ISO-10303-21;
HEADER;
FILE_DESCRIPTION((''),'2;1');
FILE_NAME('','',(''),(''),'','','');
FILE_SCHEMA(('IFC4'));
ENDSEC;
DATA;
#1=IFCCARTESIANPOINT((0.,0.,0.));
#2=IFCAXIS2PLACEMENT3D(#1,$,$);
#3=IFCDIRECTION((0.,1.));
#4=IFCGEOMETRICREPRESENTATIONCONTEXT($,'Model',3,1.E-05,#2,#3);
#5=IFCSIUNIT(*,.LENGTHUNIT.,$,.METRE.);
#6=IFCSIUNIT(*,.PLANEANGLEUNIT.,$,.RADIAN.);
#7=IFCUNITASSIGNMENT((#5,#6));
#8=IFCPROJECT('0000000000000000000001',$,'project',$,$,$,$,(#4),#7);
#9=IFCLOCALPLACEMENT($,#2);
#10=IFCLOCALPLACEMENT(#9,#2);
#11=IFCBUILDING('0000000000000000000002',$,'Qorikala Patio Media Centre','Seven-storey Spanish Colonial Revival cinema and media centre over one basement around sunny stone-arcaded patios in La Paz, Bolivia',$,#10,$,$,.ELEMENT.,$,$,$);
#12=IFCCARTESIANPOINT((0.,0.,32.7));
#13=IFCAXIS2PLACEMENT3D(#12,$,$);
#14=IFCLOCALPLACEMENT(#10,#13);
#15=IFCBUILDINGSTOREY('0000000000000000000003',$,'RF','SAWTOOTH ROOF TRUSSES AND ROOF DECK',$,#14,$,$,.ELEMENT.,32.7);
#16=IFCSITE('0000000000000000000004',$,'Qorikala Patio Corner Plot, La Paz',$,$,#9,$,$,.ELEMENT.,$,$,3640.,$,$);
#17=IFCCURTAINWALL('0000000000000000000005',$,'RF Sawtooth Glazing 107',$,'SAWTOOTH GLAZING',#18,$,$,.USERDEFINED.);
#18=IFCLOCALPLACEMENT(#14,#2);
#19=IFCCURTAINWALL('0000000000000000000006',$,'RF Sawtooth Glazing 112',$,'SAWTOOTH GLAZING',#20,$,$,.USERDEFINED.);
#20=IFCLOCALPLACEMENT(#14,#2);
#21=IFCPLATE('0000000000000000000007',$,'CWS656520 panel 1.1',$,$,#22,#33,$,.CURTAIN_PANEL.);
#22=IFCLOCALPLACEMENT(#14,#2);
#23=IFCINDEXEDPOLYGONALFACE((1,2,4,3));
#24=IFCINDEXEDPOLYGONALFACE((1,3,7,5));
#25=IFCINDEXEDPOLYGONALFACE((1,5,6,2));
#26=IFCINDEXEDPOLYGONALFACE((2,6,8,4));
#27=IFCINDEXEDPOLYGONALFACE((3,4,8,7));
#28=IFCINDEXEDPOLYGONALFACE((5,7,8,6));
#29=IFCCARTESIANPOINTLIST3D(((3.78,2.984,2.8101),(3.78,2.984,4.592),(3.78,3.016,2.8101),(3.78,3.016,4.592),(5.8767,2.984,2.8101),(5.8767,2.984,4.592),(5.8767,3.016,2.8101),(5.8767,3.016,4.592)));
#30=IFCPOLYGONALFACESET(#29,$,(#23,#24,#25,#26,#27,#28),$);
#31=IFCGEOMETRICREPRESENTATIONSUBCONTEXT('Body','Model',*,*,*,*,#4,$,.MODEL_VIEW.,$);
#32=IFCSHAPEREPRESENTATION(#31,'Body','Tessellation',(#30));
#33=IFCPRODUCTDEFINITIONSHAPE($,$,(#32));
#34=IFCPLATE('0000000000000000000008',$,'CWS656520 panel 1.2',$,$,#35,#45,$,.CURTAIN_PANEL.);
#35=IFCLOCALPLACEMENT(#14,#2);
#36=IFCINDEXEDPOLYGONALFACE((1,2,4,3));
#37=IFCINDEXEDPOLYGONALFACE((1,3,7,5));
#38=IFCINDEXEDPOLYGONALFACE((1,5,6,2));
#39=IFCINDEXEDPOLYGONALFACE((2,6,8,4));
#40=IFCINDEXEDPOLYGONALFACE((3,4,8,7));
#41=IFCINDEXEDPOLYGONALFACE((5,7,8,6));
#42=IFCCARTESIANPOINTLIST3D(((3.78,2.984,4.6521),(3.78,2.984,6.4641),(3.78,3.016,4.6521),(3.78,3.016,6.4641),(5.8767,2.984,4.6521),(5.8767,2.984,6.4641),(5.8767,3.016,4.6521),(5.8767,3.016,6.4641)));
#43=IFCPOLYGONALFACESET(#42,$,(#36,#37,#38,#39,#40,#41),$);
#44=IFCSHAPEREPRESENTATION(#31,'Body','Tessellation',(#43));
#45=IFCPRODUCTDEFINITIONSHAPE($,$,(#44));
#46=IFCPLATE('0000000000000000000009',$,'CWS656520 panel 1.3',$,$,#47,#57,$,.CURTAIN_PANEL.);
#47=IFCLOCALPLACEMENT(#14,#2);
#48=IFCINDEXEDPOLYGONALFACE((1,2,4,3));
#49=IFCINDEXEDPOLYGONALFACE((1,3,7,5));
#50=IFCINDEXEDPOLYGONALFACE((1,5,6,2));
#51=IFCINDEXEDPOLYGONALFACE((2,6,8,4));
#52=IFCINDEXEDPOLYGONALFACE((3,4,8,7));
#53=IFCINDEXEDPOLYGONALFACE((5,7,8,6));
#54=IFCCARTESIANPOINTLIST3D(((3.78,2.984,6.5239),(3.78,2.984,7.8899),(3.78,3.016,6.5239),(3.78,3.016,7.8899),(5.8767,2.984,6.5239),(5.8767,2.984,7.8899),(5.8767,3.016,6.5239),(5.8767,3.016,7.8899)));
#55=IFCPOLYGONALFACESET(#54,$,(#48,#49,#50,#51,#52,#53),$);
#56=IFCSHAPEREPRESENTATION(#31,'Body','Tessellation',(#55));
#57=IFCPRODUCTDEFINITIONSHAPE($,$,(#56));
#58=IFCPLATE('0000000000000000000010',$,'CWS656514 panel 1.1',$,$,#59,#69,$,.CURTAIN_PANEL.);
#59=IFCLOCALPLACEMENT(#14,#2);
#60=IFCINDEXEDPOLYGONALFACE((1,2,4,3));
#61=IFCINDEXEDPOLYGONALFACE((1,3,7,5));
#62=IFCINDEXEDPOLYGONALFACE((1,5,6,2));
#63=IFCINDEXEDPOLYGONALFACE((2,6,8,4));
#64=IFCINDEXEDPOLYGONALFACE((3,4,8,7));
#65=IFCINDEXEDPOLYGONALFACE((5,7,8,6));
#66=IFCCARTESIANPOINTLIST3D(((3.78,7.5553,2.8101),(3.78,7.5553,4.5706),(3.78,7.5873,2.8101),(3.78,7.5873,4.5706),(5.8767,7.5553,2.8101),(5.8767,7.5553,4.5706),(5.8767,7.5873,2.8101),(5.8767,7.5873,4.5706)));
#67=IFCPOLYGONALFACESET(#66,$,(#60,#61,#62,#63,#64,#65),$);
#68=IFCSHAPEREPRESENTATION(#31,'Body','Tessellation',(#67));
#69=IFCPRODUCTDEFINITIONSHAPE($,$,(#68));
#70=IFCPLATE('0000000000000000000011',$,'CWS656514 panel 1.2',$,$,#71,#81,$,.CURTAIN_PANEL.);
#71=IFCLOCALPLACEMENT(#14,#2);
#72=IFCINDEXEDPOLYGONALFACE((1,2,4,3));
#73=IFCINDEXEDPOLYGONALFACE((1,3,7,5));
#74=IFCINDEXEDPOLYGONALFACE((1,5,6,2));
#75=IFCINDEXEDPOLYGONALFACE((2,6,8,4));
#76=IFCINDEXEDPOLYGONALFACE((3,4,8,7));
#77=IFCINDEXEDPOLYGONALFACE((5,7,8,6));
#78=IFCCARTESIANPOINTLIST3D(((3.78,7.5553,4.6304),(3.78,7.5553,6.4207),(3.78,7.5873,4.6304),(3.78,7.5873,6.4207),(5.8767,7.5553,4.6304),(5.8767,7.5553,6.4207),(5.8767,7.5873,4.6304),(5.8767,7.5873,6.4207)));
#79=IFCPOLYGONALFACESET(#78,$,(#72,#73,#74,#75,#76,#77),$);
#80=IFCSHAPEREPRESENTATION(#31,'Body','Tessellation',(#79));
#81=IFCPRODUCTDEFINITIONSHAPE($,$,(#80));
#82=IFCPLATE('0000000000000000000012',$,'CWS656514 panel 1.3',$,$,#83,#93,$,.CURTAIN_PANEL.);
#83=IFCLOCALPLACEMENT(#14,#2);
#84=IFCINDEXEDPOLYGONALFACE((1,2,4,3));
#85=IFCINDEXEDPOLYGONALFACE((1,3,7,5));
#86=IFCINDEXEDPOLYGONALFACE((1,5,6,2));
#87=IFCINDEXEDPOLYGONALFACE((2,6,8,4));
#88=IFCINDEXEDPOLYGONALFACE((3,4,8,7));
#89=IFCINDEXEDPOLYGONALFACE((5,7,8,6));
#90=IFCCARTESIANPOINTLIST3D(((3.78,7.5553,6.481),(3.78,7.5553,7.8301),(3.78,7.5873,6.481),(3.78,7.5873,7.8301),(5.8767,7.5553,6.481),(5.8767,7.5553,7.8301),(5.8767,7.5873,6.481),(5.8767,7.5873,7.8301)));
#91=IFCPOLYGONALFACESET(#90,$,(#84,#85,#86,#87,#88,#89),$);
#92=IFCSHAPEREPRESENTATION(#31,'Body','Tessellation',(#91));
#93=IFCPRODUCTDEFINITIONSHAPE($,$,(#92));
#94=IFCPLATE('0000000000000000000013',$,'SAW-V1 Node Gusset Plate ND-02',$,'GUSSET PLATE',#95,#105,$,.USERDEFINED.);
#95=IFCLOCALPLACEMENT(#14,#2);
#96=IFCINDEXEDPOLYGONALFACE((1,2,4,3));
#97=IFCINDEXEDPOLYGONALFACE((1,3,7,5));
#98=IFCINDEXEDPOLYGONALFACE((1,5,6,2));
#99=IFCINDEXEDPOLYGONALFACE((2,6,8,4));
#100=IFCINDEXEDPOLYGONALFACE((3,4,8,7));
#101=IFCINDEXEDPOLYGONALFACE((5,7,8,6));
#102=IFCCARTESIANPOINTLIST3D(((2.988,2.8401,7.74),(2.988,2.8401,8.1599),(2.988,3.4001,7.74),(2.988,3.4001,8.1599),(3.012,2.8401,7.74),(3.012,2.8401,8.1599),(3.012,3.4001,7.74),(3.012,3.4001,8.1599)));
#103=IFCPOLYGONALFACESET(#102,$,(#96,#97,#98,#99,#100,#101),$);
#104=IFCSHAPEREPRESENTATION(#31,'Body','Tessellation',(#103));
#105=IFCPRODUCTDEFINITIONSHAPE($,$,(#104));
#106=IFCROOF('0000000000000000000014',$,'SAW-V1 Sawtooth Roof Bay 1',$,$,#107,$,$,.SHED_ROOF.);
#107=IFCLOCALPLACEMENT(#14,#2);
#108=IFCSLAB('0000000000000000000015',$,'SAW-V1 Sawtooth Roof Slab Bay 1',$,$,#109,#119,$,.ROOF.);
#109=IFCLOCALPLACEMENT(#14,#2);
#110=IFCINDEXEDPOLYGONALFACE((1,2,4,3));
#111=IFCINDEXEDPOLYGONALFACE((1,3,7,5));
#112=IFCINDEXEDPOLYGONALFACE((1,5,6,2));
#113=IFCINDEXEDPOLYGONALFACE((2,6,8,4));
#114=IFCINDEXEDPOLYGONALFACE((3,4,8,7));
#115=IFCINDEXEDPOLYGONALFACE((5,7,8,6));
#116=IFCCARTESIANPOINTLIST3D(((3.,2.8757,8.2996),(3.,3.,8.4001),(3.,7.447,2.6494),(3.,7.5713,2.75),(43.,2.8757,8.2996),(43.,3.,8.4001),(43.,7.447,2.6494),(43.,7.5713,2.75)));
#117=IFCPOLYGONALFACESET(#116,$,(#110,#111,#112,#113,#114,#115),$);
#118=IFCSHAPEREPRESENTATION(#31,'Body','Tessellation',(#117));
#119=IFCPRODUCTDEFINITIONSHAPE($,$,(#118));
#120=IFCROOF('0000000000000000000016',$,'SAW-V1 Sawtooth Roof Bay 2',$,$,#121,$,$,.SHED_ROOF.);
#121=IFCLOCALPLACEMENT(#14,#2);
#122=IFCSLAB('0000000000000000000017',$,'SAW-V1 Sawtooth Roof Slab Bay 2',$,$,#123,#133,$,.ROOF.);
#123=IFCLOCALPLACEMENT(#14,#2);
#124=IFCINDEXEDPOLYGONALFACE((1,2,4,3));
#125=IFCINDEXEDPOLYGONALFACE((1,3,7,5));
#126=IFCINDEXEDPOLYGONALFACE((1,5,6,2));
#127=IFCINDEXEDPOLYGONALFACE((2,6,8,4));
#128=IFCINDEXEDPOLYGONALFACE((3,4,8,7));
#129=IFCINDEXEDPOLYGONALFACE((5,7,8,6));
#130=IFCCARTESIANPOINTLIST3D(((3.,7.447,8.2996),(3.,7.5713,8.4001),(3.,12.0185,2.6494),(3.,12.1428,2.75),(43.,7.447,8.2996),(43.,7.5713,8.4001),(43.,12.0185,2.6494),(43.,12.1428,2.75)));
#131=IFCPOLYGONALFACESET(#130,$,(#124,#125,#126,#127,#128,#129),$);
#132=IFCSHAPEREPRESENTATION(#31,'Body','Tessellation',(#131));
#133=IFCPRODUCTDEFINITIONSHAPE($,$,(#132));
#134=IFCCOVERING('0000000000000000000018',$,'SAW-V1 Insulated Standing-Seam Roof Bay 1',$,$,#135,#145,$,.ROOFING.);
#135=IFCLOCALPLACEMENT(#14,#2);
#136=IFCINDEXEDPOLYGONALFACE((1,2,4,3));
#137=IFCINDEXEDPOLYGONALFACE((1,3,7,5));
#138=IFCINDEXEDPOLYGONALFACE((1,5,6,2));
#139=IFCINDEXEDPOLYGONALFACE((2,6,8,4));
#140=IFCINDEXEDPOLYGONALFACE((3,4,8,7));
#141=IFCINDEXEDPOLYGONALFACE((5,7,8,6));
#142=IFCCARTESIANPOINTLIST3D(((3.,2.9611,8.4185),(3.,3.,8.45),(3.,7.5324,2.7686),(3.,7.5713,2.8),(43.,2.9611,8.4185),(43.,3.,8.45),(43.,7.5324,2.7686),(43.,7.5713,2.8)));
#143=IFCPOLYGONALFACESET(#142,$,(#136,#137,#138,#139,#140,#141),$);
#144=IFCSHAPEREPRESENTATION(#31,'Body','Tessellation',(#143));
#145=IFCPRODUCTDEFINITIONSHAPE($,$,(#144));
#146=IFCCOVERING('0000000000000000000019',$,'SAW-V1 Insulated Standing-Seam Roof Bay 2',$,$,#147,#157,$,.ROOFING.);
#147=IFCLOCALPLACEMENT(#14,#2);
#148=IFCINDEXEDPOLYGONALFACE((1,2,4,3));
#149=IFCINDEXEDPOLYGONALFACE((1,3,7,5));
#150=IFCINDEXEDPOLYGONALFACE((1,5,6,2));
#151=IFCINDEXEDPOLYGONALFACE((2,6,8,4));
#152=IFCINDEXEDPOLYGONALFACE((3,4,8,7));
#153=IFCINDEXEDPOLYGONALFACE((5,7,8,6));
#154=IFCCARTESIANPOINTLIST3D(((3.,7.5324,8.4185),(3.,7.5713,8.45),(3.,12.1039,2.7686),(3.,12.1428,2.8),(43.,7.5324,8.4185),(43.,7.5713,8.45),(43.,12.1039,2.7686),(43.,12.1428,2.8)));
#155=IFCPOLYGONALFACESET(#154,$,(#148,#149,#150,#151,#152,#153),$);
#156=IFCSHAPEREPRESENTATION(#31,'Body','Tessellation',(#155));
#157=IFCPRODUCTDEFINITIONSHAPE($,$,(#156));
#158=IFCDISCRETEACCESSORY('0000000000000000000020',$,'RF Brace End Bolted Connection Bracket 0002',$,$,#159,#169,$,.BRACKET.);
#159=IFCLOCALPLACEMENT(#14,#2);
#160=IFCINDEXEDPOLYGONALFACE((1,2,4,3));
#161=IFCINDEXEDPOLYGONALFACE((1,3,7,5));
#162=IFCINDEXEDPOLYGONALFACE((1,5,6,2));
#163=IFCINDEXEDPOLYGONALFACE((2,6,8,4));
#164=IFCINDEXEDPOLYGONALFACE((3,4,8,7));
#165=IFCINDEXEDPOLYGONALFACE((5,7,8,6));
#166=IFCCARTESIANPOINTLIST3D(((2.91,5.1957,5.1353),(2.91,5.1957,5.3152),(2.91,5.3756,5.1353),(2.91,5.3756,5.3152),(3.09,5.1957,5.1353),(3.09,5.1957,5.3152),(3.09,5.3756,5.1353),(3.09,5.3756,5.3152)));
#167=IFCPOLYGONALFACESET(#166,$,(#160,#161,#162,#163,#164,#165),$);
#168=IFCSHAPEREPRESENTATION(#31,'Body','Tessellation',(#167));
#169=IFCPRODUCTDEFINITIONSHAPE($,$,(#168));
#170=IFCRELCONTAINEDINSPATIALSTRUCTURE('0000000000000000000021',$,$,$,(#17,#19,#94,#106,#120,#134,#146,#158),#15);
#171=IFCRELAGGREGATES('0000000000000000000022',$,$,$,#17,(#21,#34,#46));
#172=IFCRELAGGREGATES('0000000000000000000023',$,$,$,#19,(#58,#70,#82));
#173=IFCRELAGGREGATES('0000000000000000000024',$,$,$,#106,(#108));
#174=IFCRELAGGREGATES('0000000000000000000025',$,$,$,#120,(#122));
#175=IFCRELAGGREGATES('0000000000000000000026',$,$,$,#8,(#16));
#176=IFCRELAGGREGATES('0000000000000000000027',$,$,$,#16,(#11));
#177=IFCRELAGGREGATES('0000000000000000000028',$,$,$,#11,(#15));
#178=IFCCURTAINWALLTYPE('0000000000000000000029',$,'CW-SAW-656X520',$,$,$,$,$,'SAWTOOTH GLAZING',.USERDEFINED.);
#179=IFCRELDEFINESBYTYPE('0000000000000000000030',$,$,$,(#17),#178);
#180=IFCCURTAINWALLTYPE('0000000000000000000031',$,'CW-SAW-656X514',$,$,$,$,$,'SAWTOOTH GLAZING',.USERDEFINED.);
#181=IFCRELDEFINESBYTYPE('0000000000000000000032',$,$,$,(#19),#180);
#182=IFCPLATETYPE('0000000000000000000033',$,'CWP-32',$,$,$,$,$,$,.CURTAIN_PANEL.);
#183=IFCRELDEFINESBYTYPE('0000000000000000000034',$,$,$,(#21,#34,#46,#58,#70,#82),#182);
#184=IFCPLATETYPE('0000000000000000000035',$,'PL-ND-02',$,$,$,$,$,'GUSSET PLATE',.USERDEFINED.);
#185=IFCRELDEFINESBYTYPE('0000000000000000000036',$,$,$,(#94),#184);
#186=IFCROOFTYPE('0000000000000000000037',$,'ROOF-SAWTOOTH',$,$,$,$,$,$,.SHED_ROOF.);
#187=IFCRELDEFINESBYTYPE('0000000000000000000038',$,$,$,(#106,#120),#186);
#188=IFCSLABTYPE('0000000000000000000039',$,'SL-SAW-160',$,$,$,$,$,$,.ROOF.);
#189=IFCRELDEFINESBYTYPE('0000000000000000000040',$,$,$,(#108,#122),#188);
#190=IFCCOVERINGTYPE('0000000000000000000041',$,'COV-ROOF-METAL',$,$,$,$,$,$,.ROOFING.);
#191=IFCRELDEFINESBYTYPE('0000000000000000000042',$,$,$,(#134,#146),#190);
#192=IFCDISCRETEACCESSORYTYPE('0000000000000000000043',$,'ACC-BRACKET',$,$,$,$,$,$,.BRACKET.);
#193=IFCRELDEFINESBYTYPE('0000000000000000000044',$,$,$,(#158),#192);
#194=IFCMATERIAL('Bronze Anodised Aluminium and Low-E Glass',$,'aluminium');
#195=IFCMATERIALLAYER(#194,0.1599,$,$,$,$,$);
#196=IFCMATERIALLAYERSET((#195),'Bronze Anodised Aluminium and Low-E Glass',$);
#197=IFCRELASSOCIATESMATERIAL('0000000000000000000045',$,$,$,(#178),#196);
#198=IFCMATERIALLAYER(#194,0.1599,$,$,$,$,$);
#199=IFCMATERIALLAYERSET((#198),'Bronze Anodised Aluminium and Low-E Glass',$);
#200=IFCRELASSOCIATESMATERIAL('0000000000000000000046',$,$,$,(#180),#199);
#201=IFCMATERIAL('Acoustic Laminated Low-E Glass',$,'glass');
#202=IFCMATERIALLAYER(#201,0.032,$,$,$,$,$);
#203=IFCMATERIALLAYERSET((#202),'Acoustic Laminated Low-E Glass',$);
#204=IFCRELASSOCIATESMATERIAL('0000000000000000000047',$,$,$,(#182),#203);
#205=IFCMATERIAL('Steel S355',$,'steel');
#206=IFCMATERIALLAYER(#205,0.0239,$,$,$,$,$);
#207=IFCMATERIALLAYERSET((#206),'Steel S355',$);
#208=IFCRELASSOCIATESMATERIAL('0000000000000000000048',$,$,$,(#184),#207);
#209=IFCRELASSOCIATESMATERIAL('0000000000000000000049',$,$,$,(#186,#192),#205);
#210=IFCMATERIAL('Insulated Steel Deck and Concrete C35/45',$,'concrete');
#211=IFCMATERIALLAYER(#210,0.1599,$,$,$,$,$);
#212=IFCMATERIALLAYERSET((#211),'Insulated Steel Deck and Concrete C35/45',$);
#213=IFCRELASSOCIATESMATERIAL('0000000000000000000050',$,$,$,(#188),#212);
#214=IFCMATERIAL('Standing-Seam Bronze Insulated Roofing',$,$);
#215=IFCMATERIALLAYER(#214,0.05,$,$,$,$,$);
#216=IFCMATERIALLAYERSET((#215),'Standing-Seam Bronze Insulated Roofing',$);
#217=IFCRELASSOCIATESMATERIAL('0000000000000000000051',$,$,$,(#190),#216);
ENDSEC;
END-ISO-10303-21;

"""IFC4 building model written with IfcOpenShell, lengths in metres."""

from ifc_helpers import new_model, si_unit, direction, frame, origin, origin_2d, place, context, subcontext, project, spatial, polyline, rectangle, outline, extrude, material, layer, layer_set, type_object, element, aggregate, save


model = new_model("IFC4")

# Units and contexts
model_context = context("Model", 3, precision=1e-05, world=origin(), true_north=direction((0.0, 1.0)))
body_context = subcontext(model_context, "Body", "Model", "MODEL_VIEW")
ifc_project = project(units=[si_unit("LENGTHUNIT", "METRE"), si_unit("PLANEANGLEUNIT", "RADIAN")], contexts=[model_context])

# Site, building, storey
site_placement = place(None, origin())
site = spatial("IfcSite", under=ifc_project, at=site_placement, Name="Qorikala Patio Corner Plot, La Paz", CompositionType="ELEMENT", RefElevation=3640.0)
building_placement = place(site_placement, origin())
building = spatial("IfcBuilding", under=site, at=building_placement, Name="Qorikala Patio Media Centre", Description="Seven-storey Spanish Colonial Revival cinema and media centre over one basement around sunny stone-arcaded patios in La Paz, Bolivia", CompositionType="ELEMENT")
storey_placement = place(building_placement, frame((0.0, 0.0, 32.7)))
storey = spatial("IfcBuildingStorey", under=building, at=storey_placement, Name="RF", Description="SAWTOOTH ROOF TRUSSES AND ROOF DECK", CompositionType="ELEMENT", Elevation=32.7)

# Shared definitions
ifc_material_1 = material(Name="Steel S355", Category="steel")

# Curtain walls
ifc_material_2 = material(Name="Bronze Anodised Aluminium and Low-E Glass", Category="aluminium")
ifc_layer_1 = layer(ifc_material_2, 0.1599)
ifc_layer_set_1 = layer_set([ifc_layer_1], Name="Bronze Anodised Aluminium and Low-E Glass")
curtain_wall_type_1 = type_object("IfcCurtainWallType", Name="CW-SAW-656X520", ElementType="SAWTOOTH GLAZING", PredefinedType="USERDEFINED", material=ifc_layer_set_1)
curtain_wall_1_placement = place(storey_placement, origin())
curtain_wall_1 = element("IfcCurtainWall", 1, at=curtain_wall_1_placement, inside=storey, type_object=curtain_wall_type_1, Name="RF Sawtooth Glazing 107", ObjectType="SAWTOOTH GLAZING", PredefinedType="USERDEFINED")
ifc_layer_2 = layer(ifc_material_2, 0.1599)
ifc_layer_set_2 = layer_set([ifc_layer_2], Name="Bronze Anodised Aluminium and Low-E Glass")
curtain_wall_type_2 = type_object("IfcCurtainWallType", Name="CW-SAW-656X514", ElementType="SAWTOOTH GLAZING", PredefinedType="USERDEFINED", material=ifc_layer_set_2)
curtain_wall_2_placement = place(storey_placement, origin())
curtain_wall_2 = element("IfcCurtainWall", 2, at=curtain_wall_2_placement, inside=storey, type_object=curtain_wall_type_2, Name="RF Sawtooth Glazing 112", ObjectType="SAWTOOTH GLAZING", PredefinedType="USERDEFINED")

# Plates
ifc_material_3 = material(Name="Acoustic Laminated Low-E Glass", Category="glass")
ifc_layer_3 = layer(ifc_material_3, 0.032)
ifc_layer_set_3 = layer_set([ifc_layer_3], Name="Acoustic Laminated Low-E Glass")
plate_type_1 = type_object("IfcPlateType", Name="CWP-32", PredefinedType="CURTAIN_PANEL", material=ifc_layer_set_3)
plate_1_placement = place(storey_placement, frame((4.8284, 3.0, 2.8101), z_axis=(0.0, 0.0, 1.0), x_axis=(1.0, 0.0, 0.0)))
plate_1 = element("IfcPlate", 3, at=plate_1_placement, type_object=plate_type_1, Name="CWS656520 panel 1.1", PredefinedType="CURTAIN_PANEL", context=body_context, shape_type="SweptSolid", body=[
    extrude(rectangle(XDim=2.0967, YDim=0.032, at=origin_2d()), origin(), (0.0, 0.0, 1.0), 1.782),
])
plate_2_placement = place(storey_placement, frame((4.8284, 3.0, 4.6521), z_axis=(0.0, 0.0, 1.0), x_axis=(1.0, 0.0, 0.0)))
plate_2 = element("IfcPlate", 4, at=plate_2_placement, type_object=plate_type_1, Name="CWS656520 panel 1.2", PredefinedType="CURTAIN_PANEL", context=body_context, shape_type="SweptSolid", body=[
    extrude(rectangle(XDim=2.0967, YDim=0.032, at=origin_2d()), origin(), (0.0, 0.0, 1.0), 1.812),
])
plate_3_placement = place(storey_placement, frame((4.8284, 3.0, 6.5239), z_axis=(0.0, 0.0, 1.0), x_axis=(1.0, 0.0, 0.0)))
plate_3 = element("IfcPlate", 5, at=plate_3_placement, type_object=plate_type_1, Name="CWS656520 panel 1.3", PredefinedType="CURTAIN_PANEL", context=body_context, shape_type="SweptSolid", body=[
    extrude(rectangle(XDim=2.0967, YDim=0.032, at=origin_2d()), origin(), (0.0, 0.0, 1.0), 1.366),
])
aggregate(curtain_wall_1, [plate_1, plate_2, plate_3])
plate_4_placement = place(storey_placement, frame((4.8284, 7.5713, 2.8101), z_axis=(0.0, 0.0, 1.0), x_axis=(1.0, 0.0, 0.0)))
plate_4 = element("IfcPlate", 6, at=plate_4_placement, type_object=plate_type_1, Name="CWS656514 panel 1.1", PredefinedType="CURTAIN_PANEL", context=body_context, shape_type="SweptSolid", body=[
    extrude(rectangle(XDim=2.0967, YDim=0.032, at=origin_2d()), origin(), (0.0, 0.0, 1.0), 1.7605),
])
plate_5_placement = place(storey_placement, frame((4.8284, 7.5713, 4.6304), z_axis=(0.0, 0.0, 1.0), x_axis=(1.0, 0.0, 0.0)))
plate_5 = element("IfcPlate", 7, at=plate_5_placement, type_object=plate_type_1, Name="CWS656514 panel 1.2", PredefinedType="CURTAIN_PANEL", context=body_context, shape_type="SweptSolid", body=[
    extrude(rectangle(XDim=2.0967, YDim=0.032, at=origin_2d()), origin(), (0.0, 0.0, 1.0), 1.7903),
])
plate_6_placement = place(storey_placement, frame((4.8284, 7.5713, 6.481), z_axis=(0.0, 0.0, 1.0), x_axis=(1.0, 0.0, 0.0)))
plate_6 = element("IfcPlate", 8, at=plate_6_placement, type_object=plate_type_1, Name="CWS656514 panel 1.3", PredefinedType="CURTAIN_PANEL", context=body_context, shape_type="SweptSolid", body=[
    extrude(rectangle(XDim=2.0967, YDim=0.032, at=origin_2d()), origin(), (0.0, 0.0, 1.0), 1.3491),
])
aggregate(curtain_wall_2, [plate_4, plate_5, plate_6])
ifc_layer_4 = layer(ifc_material_1, 0.0239)
ifc_layer_set_4 = layer_set([ifc_layer_4], Name="Steel S355")
plate_type_2 = type_object("IfcPlateType", Name="PL-ND-02", ElementType="GUSSET PLATE", PredefinedType="USERDEFINED", material=ifc_layer_set_4)
plate_7_placement = place(storey_placement, frame((3.0, 3.1201, 7.74), z_axis=(0.0, 0.0, 1.0), x_axis=(1.0, 0.0, 0.0)))
element("IfcPlate", 9, at=plate_7_placement, inside=storey, type_object=plate_type_2, Name="SAW-V1 Node Gusset Plate ND-02", ObjectType="GUSSET PLATE", PredefinedType="USERDEFINED", context=body_context, shape_type="SweptSolid", body=[
    extrude(rectangle(XDim=0.0239, YDim=0.5601, at=origin_2d()), origin(), (0.0, 0.0, 1.0), 0.4199),
])

# Roofs, slabs
roof_type = type_object("IfcRoofType", Name="ROOF-SAWTOOTH", PredefinedType="SHED_ROOF", material=ifc_material_1)
roof_1_placement = place(storey_placement, origin())
roof_1 = element("IfcRoof", 10, at=roof_1_placement, inside=storey, type_object=roof_type, Name="SAW-V1 Sawtooth Roof Bay 1", PredefinedType="SHED_ROOF")
ifc_material_4 = material(Name="Insulated Steel Deck and Concrete C35/45", Category="concrete")
ifc_layer_5 = layer(ifc_material_4, 0.1599)
ifc_layer_set_5 = layer_set([ifc_layer_5], Name="Insulated Steel Deck and Concrete C35/45")
slab_type = type_object("IfcSlabType", Name="SL-SAW-160", PredefinedType="ROOF", material=ifc_layer_set_5)
slab_1_placement = place(storey_placement, frame((3.0, 3.0, 8.4001), z_axis=(0.0, 0.777422, 0.628979), x_axis=(1.0, 0.0, 0.0)))
slab_1 = element("IfcSlab", 11, at=slab_1_placement, type_object=slab_type, Name="SAW-V1 Sawtooth Roof Slab Bay 1", PredefinedType="ROOF", context=body_context, shape_type="SweptSolid", body=[
    extrude(outline(polyline([(0.0, 0.0), (40.0, 0.0), (40.0, 7.2678), (0.0, 7.2678), (0.0, 0.0)])), origin(), (0.0, 0.0, -1.0), 0.1599),
])
aggregate(roof_1, [slab_1])
roof_2_placement = place(storey_placement, origin())
roof_2 = element("IfcRoof", 12, at=roof_2_placement, inside=storey, type_object=roof_type, Name="SAW-V1 Sawtooth Roof Bay 2", PredefinedType="SHED_ROOF")
slab_2_placement = place(storey_placement, frame((3.0, 7.5713, 8.4001), z_axis=(0.0, 0.777406, 0.628999), x_axis=(1.0, 0.0, 0.0)))
slab_2 = element("IfcSlab", 13, at=slab_2_placement, type_object=slab_type, Name="SAW-V1 Sawtooth Roof Slab Bay 2", PredefinedType="ROOF", context=body_context, shape_type="SweptSolid", body=[
    extrude(outline(polyline([(0.0, 0.0), (40.0, 0.0), (40.0, 7.2679), (0.0, 7.2679), (0.0, 0.0)])), origin(), (0.0, 0.0, -1.0), 0.1599),
])
aggregate(roof_2, [slab_2])

# Coverings
ifc_material_5 = material(Name="Standing-Seam Bronze Insulated Roofing")
ifc_layer_6 = layer(ifc_material_5, 0.05)
ifc_layer_set_6 = layer_set([ifc_layer_6], Name="Standing-Seam Bronze Insulated Roofing")
covering_type = type_object("IfcCoveringType", Name="COV-ROOF-METAL", PredefinedType="ROOFING", material=ifc_layer_set_6)
covering_1_placement = place(storey_placement, frame((3.0, 3.0, 8.45), z_axis=(0.0, 0.777409, 0.628995), x_axis=(1.0, 0.0, 0.0)))
element("IfcCovering", 14, at=covering_1_placement, inside=storey, type_object=covering_type, Name="SAW-V1 Insulated Standing-Seam Roof Bay 1", PredefinedType="ROOFING", context=body_context, shape_type="SweptSolid", body=[
    extrude(outline(polyline([(0.0, 0.0), (40.0, 0.0), (40.0, 7.2676), (0.0, 7.2676), (0.0, 0.0)])), origin(), (0.0, 0.0, -1.0), 0.05),
])
covering_2_placement = place(storey_placement, frame((3.0, 7.5713, 8.45), z_axis=(0.0, 0.777393, 0.629016), x_axis=(1.0, 0.0, 0.0)))
element("IfcCovering", 15, at=covering_2_placement, inside=storey, type_object=covering_type, Name="SAW-V1 Insulated Standing-Seam Roof Bay 2", PredefinedType="ROOFING", context=body_context, shape_type="SweptSolid", body=[
    extrude(outline(polyline([(0.0, 0.0), (40.0, 0.0), (40.0, 7.2678), (0.0, 7.2678), (0.0, 0.0)])), origin(), (0.0, 0.0, -1.0), 0.05),
])

# Discrete accessory
discrete_accessory_type = type_object("IfcDiscreteAccessoryType", Name="ACC-BRACKET", PredefinedType="BRACKET", material=ifc_material_1)
discrete_accessory_placement = place(storey_placement, frame((3.0, 5.2856, 5.1353), z_axis=(0.0, 0.0, 1.0), x_axis=(1.0, 0.0, 0.0)))
element("IfcDiscreteAccessory", 16, at=discrete_accessory_placement, inside=storey, type_object=discrete_accessory_type, Name="RF Brace End Bolted Connection Bracket 0002", PredefinedType="BRACKET", context=body_context, shape_type="SweptSolid", body=[
    extrude(rectangle(XDim=0.1799, YDim=0.1799, at=origin_2d()), origin(), (0.0, 0.0, 1.0), 0.1799),
])

save(model, "model.ifc")
